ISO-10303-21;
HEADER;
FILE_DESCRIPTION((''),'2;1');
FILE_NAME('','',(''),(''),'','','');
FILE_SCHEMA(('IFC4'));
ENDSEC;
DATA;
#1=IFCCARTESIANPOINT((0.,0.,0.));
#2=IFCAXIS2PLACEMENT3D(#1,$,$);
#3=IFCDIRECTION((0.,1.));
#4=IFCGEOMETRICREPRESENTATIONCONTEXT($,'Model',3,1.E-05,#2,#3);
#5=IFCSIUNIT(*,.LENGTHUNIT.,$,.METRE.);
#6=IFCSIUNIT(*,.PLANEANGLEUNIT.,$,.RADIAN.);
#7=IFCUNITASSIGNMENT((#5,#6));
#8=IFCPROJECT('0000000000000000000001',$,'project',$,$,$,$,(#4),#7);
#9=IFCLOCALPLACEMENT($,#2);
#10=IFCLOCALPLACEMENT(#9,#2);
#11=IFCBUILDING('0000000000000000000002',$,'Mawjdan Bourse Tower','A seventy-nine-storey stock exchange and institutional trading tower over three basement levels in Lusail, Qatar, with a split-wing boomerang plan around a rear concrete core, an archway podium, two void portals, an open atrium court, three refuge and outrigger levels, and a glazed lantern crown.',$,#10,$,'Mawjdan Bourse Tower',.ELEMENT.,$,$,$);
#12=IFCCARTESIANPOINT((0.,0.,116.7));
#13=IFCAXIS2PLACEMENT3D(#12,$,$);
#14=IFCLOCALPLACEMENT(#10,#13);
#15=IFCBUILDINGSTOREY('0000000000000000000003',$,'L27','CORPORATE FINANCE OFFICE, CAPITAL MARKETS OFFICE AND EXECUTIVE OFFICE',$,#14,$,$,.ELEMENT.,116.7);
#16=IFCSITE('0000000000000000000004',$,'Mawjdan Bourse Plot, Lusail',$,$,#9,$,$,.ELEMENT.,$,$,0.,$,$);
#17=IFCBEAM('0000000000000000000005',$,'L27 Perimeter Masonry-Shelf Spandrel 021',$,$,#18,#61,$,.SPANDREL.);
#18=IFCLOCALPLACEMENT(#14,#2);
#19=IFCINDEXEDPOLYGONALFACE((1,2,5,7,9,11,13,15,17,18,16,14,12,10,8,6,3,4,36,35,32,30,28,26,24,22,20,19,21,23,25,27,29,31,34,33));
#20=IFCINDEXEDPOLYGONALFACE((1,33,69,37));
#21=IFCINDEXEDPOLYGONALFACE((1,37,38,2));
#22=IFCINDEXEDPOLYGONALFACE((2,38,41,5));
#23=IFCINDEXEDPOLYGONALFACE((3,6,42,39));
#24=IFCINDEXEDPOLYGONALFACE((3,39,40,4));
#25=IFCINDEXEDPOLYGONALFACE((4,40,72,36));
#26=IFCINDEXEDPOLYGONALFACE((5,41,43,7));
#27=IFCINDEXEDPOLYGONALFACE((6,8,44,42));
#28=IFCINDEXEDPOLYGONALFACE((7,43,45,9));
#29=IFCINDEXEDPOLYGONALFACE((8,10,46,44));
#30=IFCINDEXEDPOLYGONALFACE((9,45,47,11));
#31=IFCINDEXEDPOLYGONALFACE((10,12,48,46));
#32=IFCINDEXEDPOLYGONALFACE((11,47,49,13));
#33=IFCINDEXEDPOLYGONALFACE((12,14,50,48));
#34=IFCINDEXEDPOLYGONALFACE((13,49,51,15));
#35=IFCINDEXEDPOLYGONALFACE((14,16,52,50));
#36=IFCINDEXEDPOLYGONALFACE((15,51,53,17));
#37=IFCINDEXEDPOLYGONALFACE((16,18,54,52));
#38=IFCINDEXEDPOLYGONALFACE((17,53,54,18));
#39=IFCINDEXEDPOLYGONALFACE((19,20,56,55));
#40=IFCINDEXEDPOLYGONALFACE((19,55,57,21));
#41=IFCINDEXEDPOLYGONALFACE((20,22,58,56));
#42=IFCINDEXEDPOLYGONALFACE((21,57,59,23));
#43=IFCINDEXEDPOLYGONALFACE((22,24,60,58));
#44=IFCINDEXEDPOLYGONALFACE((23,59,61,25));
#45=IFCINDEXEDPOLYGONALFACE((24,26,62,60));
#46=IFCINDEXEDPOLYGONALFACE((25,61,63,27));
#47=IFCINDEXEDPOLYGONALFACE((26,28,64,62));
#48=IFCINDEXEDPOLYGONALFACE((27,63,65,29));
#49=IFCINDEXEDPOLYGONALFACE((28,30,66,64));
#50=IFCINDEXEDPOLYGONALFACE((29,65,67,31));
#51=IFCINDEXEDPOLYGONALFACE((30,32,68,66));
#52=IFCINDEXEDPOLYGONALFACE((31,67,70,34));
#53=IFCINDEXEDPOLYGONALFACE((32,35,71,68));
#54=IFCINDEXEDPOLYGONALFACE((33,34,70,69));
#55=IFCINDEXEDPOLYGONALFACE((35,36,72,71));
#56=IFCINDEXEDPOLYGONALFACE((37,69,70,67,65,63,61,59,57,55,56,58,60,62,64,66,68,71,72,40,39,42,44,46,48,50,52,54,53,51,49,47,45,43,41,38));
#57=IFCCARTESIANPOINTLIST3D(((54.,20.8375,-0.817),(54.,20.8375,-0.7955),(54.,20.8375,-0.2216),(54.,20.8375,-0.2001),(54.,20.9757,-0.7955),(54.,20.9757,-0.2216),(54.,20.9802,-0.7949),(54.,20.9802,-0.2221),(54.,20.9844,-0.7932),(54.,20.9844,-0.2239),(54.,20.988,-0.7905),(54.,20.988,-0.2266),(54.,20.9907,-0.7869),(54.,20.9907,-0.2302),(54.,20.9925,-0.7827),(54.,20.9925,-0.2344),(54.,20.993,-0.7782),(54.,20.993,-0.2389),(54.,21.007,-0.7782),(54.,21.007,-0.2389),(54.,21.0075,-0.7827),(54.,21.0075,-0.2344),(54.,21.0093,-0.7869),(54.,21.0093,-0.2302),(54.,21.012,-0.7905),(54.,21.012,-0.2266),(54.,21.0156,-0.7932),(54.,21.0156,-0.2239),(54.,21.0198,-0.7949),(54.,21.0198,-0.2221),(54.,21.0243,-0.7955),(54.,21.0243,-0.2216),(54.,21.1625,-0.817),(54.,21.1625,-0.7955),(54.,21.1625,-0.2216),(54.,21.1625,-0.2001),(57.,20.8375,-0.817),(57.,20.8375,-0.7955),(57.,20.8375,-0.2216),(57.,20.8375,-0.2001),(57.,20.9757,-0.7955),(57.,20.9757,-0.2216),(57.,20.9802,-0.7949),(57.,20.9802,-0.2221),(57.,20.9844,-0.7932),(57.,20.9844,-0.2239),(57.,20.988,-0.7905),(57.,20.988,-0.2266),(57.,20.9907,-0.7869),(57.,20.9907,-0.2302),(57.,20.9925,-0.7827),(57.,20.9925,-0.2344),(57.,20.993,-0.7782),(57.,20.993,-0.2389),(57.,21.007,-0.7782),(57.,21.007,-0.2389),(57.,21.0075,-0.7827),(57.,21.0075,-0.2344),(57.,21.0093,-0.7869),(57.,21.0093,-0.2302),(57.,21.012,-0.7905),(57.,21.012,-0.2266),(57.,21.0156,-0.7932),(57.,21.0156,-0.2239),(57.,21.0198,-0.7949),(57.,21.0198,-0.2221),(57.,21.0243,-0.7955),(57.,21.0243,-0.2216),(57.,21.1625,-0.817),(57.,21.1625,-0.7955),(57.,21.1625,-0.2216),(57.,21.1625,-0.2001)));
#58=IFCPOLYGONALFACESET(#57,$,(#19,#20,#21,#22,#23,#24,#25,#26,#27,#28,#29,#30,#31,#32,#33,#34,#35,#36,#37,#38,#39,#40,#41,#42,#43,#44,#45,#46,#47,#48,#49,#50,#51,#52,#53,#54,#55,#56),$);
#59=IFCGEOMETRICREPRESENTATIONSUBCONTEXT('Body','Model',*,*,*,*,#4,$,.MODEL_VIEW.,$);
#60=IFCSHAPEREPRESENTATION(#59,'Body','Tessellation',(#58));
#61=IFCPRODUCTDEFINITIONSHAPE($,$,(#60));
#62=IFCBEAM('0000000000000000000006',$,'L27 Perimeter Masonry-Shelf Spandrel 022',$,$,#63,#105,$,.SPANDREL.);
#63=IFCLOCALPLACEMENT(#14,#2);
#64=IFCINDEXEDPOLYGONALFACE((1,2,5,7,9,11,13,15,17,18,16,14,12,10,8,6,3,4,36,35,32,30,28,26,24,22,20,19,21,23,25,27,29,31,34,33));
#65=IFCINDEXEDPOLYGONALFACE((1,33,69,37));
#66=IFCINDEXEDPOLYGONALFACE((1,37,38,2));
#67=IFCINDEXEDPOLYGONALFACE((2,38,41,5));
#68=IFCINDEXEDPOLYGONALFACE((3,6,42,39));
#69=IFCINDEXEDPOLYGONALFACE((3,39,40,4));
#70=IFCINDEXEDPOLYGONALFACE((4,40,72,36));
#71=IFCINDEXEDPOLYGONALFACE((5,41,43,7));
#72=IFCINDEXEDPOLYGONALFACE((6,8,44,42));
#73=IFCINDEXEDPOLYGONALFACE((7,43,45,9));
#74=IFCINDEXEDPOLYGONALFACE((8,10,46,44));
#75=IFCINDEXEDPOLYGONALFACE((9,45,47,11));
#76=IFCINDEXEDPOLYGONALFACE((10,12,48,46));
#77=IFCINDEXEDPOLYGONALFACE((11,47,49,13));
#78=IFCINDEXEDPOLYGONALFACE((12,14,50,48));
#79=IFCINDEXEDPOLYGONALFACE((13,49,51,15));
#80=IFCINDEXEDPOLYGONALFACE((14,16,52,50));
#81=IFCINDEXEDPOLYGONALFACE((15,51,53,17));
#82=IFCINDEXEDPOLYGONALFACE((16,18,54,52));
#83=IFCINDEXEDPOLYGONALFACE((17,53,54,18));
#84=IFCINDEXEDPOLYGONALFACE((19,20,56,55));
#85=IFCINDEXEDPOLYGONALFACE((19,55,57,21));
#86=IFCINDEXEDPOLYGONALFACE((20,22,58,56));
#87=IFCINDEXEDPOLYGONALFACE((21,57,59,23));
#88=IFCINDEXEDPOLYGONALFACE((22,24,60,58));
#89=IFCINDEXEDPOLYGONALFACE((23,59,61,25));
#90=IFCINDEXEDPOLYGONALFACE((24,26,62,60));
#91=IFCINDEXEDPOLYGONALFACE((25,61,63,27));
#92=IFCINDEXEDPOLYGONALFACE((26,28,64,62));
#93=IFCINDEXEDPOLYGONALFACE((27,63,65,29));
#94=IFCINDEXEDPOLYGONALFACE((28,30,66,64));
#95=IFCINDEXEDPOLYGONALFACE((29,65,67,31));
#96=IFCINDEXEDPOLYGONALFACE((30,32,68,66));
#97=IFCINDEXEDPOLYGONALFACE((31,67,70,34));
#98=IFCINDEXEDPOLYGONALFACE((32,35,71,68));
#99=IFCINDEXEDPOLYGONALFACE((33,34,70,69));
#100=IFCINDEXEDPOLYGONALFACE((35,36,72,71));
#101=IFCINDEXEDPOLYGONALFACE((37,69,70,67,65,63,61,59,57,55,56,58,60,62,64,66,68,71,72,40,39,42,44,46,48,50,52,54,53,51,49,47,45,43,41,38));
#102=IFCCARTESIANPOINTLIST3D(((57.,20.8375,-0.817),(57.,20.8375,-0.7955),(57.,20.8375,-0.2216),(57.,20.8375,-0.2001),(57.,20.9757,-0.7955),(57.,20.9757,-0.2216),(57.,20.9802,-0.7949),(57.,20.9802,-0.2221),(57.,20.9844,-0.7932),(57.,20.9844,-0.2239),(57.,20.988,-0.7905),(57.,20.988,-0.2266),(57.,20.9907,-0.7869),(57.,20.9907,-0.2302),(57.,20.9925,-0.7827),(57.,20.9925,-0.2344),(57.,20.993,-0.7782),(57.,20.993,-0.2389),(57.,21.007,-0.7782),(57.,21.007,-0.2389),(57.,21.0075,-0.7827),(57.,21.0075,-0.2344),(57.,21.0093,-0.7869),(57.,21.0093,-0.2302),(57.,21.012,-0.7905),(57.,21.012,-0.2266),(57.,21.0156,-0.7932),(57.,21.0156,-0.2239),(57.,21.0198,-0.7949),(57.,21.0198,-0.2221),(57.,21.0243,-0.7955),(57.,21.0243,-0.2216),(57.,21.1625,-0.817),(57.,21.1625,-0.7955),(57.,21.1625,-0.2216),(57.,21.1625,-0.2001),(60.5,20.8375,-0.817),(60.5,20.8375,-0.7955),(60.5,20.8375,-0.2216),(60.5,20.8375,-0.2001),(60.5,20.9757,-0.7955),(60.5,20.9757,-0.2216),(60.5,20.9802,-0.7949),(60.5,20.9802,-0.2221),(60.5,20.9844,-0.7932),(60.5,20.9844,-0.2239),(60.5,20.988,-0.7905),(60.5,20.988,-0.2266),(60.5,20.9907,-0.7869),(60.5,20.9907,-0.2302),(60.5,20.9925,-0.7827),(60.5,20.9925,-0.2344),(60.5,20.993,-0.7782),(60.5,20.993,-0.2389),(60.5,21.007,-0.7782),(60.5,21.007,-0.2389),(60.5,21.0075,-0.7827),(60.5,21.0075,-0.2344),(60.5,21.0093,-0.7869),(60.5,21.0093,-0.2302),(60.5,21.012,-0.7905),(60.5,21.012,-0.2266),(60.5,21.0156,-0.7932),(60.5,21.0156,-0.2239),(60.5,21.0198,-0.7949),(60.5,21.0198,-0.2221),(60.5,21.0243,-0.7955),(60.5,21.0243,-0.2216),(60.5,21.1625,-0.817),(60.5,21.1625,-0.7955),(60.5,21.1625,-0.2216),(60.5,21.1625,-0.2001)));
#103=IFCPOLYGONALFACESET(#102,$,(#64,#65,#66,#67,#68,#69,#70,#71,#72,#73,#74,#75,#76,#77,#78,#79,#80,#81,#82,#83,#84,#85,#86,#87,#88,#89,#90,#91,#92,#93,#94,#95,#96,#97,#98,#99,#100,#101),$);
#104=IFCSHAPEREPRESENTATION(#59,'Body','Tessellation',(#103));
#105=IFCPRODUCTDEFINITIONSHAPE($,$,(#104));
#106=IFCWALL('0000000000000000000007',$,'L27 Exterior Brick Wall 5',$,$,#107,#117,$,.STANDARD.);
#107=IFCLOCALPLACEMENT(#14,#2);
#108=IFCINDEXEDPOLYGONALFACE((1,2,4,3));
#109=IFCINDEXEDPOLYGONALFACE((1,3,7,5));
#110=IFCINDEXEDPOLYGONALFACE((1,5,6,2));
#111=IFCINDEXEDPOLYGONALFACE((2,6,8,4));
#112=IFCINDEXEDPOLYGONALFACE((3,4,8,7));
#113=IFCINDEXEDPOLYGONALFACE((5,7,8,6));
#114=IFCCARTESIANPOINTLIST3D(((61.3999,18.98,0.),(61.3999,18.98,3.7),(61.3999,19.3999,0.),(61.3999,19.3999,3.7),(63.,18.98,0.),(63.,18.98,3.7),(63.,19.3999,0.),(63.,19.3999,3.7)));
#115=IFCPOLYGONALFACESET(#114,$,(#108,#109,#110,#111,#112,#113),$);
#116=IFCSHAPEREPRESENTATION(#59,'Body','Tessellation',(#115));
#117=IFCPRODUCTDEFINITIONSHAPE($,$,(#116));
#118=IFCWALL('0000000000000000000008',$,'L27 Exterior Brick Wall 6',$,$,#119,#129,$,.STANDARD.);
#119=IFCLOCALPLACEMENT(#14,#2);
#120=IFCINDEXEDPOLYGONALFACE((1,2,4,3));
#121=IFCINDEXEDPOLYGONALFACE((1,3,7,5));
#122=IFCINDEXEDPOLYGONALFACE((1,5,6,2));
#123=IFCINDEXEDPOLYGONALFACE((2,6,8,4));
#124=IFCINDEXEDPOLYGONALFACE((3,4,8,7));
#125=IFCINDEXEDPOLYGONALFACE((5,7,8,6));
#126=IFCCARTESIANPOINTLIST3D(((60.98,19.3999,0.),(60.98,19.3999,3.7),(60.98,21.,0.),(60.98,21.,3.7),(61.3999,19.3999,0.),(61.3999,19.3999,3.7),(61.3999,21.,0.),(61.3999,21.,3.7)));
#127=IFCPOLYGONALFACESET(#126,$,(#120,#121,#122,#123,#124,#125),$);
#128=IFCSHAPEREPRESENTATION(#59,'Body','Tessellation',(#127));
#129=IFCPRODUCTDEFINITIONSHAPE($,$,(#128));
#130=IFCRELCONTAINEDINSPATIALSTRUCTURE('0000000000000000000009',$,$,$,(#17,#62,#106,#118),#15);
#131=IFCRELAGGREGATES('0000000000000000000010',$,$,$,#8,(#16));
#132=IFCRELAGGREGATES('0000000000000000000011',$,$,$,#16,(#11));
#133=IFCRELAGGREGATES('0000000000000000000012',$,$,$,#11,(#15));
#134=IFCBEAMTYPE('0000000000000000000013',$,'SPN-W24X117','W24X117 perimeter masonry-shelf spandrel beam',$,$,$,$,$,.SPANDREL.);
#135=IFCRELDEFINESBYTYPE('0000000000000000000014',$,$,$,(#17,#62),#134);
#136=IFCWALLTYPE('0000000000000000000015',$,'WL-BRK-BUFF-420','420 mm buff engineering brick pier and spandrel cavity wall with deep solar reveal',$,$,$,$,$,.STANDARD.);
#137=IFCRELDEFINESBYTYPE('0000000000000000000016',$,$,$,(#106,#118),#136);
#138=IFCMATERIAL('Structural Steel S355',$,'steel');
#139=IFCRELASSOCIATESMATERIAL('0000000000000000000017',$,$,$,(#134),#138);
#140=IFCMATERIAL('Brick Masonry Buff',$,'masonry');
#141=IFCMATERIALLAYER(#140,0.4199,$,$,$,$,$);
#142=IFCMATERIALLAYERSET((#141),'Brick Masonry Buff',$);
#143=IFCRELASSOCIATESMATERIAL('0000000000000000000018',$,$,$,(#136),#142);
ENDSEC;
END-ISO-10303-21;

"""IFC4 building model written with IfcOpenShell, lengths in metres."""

from ifc_helpers import new_model, si_unit, direction, frame, frame_2d, origin, origin_2d, place, context, subcontext, project, spatial, rectangle, i_section, extrude, material, layer, layer_set, material_profile, profile_set, type_object, element, save


model = new_model("IFC4")

# Units and contexts
model_context = context("Model", 3, precision=1e-05, world=origin(), true_north=direction((0.0, 1.0)))
body_context = subcontext(model_context, "Body", "Model", "MODEL_VIEW")
ifc_project = project(units=[si_unit("LENGTHUNIT", "METRE"), si_unit("PLANEANGLEUNIT", "RADIAN")], contexts=[model_context])

# Site, building, storey
site_placement = place(None, origin())
site = spatial("IfcSite", under=ifc_project, at=site_placement, Name="Mawjdan Bourse Plot, Lusail", CompositionType="ELEMENT", RefElevation=0.0)
building_placement = place(site_placement, origin())
building = spatial("IfcBuilding", under=site, at=building_placement, Name="Mawjdan Bourse Tower", Description="A seventy-nine-storey stock exchange and institutional trading tower over three basement levels in Lusail, Qatar, with a split-wing boomerang plan around a rear concrete core, an archway podium, two void portals, an open atrium court, three refuge and outrigger levels, and a glazed lantern crown.", LongName="Mawjdan Bourse Tower", CompositionType="ELEMENT")
storey_placement = place(building_placement, frame((0.0, 0.0, 116.7)))
storey = spatial("IfcBuildingStorey", under=building, at=storey_placement, Name="L27", Description="CORPORATE FINANCE OFFICE, CAPITAL MARKETS OFFICE AND EXECUTIVE OFFICE", CompositionType="ELEMENT", Elevation=116.7)

# Beams
ifc_material_1 = material(Name="Structural Steel S355", Category="steel")
ifc_material_profile_1 = material_profile(ifc_material_1, i_section(OverallWidth=0.325, OverallDepth=0.6169, WebThickness=0.0139, FlangeThickness=0.0215, FilletRadius=0.0173, at=origin_2d()), Name="W24X117")
ifc_profile_set_1 = profile_set([ifc_material_profile_1], Name="Structural Steel S355")
beam_type_1 = type_object("IfcBeamType", Name="SPN-W24X117", Description="W24X117 perimeter masonry-shelf spandrel beam", PredefinedType="SPANDREL", material=ifc_profile_set_1)
for number, where, z_axis, x_axis, name in (
    (1, (54.0, 21.0, -0.5085), (1.0, 0.0, 0.0), (0.0, 1.0, 0.0), "L27 Perimeter Masonry-Shelf Spandrel 021"),
):
    element("IfcBeam", number, at=place(storey_placement, frame(where, z_axis=z_axis, x_axis=x_axis)), inside=storey, type_object=beam_type_1, Name=name, PredefinedType="SPANDREL", context=body_context, shape_type="SweptSolid", body=[
        extrude(i_section(OverallWidth=0.325, OverallDepth=0.6169, WebThickness=0.0139, FlangeThickness=0.0215, FilletRadius=0.0173, at=origin_2d()), origin(), (0.0, 0.0, 1.0), 3.0),
    ])
beam_1_placement = place(storey_placement, frame((57.0, 21.0, -0.5085), z_axis=(1.0, 0.0, 0.0), x_axis=(0.0, 1.0, 0.0)))
element("IfcBeam", 2, at=beam_1_placement, inside=storey, type_object=beam_type_1, Name="L27 Perimeter Masonry-Shelf Spandrel 022", PredefinedType="SPANDREL", context=body_context, shape_type="SweptSolid", body=[
    extrude(i_section(OverallWidth=0.325, OverallDepth=0.6169, WebThickness=0.0139, FlangeThickness=0.0215, FilletRadius=0.0173, at=origin_2d()), origin(), (0.0, 0.0, 1.0), 3.5),
])

# Walls
ifc_material_2 = material(Name="Brick Masonry Buff", Category="masonry")
ifc_layer = layer(ifc_material_2, 0.4199)
ifc_layer_set = layer_set([ifc_layer], Name="Brick Masonry Buff")
wall_type = type_object("IfcWallType", Name="WL-BRK-BUFF-420", Description="420 mm buff engineering brick pier and spandrel cavity wall with deep solar reveal", PredefinedType="STANDARD", material=ifc_layer_set)
for number, where, z_axis, x_axis, name in (
    (3, (63.0, 19.1899, 0.0), (0.0, 0.0, 1.0), (-1.0, 0.0, 0.0), "L27 Exterior Brick Wall 5"),
    (4, (61.1899, 19.3999, 0.0), (0.0, 0.0, 1.0), (0.0, 1.0, 0.0), "L27 Exterior Brick Wall 6"),
):
    element("IfcWall", number, at=place(storey_placement, frame(where, z_axis=z_axis, x_axis=x_axis)), inside=storey, type_object=wall_type, Name=name, PredefinedType="STANDARD", context=body_context, shape_type="SweptSolid", body=[
        extrude(rectangle(XDim=1.6001, YDim=0.4199, at=frame_2d((0.8, 0.0))), origin(), (0.0, 0.0, 1.0), 3.7),
    ])

save(model, "model.ifc")
